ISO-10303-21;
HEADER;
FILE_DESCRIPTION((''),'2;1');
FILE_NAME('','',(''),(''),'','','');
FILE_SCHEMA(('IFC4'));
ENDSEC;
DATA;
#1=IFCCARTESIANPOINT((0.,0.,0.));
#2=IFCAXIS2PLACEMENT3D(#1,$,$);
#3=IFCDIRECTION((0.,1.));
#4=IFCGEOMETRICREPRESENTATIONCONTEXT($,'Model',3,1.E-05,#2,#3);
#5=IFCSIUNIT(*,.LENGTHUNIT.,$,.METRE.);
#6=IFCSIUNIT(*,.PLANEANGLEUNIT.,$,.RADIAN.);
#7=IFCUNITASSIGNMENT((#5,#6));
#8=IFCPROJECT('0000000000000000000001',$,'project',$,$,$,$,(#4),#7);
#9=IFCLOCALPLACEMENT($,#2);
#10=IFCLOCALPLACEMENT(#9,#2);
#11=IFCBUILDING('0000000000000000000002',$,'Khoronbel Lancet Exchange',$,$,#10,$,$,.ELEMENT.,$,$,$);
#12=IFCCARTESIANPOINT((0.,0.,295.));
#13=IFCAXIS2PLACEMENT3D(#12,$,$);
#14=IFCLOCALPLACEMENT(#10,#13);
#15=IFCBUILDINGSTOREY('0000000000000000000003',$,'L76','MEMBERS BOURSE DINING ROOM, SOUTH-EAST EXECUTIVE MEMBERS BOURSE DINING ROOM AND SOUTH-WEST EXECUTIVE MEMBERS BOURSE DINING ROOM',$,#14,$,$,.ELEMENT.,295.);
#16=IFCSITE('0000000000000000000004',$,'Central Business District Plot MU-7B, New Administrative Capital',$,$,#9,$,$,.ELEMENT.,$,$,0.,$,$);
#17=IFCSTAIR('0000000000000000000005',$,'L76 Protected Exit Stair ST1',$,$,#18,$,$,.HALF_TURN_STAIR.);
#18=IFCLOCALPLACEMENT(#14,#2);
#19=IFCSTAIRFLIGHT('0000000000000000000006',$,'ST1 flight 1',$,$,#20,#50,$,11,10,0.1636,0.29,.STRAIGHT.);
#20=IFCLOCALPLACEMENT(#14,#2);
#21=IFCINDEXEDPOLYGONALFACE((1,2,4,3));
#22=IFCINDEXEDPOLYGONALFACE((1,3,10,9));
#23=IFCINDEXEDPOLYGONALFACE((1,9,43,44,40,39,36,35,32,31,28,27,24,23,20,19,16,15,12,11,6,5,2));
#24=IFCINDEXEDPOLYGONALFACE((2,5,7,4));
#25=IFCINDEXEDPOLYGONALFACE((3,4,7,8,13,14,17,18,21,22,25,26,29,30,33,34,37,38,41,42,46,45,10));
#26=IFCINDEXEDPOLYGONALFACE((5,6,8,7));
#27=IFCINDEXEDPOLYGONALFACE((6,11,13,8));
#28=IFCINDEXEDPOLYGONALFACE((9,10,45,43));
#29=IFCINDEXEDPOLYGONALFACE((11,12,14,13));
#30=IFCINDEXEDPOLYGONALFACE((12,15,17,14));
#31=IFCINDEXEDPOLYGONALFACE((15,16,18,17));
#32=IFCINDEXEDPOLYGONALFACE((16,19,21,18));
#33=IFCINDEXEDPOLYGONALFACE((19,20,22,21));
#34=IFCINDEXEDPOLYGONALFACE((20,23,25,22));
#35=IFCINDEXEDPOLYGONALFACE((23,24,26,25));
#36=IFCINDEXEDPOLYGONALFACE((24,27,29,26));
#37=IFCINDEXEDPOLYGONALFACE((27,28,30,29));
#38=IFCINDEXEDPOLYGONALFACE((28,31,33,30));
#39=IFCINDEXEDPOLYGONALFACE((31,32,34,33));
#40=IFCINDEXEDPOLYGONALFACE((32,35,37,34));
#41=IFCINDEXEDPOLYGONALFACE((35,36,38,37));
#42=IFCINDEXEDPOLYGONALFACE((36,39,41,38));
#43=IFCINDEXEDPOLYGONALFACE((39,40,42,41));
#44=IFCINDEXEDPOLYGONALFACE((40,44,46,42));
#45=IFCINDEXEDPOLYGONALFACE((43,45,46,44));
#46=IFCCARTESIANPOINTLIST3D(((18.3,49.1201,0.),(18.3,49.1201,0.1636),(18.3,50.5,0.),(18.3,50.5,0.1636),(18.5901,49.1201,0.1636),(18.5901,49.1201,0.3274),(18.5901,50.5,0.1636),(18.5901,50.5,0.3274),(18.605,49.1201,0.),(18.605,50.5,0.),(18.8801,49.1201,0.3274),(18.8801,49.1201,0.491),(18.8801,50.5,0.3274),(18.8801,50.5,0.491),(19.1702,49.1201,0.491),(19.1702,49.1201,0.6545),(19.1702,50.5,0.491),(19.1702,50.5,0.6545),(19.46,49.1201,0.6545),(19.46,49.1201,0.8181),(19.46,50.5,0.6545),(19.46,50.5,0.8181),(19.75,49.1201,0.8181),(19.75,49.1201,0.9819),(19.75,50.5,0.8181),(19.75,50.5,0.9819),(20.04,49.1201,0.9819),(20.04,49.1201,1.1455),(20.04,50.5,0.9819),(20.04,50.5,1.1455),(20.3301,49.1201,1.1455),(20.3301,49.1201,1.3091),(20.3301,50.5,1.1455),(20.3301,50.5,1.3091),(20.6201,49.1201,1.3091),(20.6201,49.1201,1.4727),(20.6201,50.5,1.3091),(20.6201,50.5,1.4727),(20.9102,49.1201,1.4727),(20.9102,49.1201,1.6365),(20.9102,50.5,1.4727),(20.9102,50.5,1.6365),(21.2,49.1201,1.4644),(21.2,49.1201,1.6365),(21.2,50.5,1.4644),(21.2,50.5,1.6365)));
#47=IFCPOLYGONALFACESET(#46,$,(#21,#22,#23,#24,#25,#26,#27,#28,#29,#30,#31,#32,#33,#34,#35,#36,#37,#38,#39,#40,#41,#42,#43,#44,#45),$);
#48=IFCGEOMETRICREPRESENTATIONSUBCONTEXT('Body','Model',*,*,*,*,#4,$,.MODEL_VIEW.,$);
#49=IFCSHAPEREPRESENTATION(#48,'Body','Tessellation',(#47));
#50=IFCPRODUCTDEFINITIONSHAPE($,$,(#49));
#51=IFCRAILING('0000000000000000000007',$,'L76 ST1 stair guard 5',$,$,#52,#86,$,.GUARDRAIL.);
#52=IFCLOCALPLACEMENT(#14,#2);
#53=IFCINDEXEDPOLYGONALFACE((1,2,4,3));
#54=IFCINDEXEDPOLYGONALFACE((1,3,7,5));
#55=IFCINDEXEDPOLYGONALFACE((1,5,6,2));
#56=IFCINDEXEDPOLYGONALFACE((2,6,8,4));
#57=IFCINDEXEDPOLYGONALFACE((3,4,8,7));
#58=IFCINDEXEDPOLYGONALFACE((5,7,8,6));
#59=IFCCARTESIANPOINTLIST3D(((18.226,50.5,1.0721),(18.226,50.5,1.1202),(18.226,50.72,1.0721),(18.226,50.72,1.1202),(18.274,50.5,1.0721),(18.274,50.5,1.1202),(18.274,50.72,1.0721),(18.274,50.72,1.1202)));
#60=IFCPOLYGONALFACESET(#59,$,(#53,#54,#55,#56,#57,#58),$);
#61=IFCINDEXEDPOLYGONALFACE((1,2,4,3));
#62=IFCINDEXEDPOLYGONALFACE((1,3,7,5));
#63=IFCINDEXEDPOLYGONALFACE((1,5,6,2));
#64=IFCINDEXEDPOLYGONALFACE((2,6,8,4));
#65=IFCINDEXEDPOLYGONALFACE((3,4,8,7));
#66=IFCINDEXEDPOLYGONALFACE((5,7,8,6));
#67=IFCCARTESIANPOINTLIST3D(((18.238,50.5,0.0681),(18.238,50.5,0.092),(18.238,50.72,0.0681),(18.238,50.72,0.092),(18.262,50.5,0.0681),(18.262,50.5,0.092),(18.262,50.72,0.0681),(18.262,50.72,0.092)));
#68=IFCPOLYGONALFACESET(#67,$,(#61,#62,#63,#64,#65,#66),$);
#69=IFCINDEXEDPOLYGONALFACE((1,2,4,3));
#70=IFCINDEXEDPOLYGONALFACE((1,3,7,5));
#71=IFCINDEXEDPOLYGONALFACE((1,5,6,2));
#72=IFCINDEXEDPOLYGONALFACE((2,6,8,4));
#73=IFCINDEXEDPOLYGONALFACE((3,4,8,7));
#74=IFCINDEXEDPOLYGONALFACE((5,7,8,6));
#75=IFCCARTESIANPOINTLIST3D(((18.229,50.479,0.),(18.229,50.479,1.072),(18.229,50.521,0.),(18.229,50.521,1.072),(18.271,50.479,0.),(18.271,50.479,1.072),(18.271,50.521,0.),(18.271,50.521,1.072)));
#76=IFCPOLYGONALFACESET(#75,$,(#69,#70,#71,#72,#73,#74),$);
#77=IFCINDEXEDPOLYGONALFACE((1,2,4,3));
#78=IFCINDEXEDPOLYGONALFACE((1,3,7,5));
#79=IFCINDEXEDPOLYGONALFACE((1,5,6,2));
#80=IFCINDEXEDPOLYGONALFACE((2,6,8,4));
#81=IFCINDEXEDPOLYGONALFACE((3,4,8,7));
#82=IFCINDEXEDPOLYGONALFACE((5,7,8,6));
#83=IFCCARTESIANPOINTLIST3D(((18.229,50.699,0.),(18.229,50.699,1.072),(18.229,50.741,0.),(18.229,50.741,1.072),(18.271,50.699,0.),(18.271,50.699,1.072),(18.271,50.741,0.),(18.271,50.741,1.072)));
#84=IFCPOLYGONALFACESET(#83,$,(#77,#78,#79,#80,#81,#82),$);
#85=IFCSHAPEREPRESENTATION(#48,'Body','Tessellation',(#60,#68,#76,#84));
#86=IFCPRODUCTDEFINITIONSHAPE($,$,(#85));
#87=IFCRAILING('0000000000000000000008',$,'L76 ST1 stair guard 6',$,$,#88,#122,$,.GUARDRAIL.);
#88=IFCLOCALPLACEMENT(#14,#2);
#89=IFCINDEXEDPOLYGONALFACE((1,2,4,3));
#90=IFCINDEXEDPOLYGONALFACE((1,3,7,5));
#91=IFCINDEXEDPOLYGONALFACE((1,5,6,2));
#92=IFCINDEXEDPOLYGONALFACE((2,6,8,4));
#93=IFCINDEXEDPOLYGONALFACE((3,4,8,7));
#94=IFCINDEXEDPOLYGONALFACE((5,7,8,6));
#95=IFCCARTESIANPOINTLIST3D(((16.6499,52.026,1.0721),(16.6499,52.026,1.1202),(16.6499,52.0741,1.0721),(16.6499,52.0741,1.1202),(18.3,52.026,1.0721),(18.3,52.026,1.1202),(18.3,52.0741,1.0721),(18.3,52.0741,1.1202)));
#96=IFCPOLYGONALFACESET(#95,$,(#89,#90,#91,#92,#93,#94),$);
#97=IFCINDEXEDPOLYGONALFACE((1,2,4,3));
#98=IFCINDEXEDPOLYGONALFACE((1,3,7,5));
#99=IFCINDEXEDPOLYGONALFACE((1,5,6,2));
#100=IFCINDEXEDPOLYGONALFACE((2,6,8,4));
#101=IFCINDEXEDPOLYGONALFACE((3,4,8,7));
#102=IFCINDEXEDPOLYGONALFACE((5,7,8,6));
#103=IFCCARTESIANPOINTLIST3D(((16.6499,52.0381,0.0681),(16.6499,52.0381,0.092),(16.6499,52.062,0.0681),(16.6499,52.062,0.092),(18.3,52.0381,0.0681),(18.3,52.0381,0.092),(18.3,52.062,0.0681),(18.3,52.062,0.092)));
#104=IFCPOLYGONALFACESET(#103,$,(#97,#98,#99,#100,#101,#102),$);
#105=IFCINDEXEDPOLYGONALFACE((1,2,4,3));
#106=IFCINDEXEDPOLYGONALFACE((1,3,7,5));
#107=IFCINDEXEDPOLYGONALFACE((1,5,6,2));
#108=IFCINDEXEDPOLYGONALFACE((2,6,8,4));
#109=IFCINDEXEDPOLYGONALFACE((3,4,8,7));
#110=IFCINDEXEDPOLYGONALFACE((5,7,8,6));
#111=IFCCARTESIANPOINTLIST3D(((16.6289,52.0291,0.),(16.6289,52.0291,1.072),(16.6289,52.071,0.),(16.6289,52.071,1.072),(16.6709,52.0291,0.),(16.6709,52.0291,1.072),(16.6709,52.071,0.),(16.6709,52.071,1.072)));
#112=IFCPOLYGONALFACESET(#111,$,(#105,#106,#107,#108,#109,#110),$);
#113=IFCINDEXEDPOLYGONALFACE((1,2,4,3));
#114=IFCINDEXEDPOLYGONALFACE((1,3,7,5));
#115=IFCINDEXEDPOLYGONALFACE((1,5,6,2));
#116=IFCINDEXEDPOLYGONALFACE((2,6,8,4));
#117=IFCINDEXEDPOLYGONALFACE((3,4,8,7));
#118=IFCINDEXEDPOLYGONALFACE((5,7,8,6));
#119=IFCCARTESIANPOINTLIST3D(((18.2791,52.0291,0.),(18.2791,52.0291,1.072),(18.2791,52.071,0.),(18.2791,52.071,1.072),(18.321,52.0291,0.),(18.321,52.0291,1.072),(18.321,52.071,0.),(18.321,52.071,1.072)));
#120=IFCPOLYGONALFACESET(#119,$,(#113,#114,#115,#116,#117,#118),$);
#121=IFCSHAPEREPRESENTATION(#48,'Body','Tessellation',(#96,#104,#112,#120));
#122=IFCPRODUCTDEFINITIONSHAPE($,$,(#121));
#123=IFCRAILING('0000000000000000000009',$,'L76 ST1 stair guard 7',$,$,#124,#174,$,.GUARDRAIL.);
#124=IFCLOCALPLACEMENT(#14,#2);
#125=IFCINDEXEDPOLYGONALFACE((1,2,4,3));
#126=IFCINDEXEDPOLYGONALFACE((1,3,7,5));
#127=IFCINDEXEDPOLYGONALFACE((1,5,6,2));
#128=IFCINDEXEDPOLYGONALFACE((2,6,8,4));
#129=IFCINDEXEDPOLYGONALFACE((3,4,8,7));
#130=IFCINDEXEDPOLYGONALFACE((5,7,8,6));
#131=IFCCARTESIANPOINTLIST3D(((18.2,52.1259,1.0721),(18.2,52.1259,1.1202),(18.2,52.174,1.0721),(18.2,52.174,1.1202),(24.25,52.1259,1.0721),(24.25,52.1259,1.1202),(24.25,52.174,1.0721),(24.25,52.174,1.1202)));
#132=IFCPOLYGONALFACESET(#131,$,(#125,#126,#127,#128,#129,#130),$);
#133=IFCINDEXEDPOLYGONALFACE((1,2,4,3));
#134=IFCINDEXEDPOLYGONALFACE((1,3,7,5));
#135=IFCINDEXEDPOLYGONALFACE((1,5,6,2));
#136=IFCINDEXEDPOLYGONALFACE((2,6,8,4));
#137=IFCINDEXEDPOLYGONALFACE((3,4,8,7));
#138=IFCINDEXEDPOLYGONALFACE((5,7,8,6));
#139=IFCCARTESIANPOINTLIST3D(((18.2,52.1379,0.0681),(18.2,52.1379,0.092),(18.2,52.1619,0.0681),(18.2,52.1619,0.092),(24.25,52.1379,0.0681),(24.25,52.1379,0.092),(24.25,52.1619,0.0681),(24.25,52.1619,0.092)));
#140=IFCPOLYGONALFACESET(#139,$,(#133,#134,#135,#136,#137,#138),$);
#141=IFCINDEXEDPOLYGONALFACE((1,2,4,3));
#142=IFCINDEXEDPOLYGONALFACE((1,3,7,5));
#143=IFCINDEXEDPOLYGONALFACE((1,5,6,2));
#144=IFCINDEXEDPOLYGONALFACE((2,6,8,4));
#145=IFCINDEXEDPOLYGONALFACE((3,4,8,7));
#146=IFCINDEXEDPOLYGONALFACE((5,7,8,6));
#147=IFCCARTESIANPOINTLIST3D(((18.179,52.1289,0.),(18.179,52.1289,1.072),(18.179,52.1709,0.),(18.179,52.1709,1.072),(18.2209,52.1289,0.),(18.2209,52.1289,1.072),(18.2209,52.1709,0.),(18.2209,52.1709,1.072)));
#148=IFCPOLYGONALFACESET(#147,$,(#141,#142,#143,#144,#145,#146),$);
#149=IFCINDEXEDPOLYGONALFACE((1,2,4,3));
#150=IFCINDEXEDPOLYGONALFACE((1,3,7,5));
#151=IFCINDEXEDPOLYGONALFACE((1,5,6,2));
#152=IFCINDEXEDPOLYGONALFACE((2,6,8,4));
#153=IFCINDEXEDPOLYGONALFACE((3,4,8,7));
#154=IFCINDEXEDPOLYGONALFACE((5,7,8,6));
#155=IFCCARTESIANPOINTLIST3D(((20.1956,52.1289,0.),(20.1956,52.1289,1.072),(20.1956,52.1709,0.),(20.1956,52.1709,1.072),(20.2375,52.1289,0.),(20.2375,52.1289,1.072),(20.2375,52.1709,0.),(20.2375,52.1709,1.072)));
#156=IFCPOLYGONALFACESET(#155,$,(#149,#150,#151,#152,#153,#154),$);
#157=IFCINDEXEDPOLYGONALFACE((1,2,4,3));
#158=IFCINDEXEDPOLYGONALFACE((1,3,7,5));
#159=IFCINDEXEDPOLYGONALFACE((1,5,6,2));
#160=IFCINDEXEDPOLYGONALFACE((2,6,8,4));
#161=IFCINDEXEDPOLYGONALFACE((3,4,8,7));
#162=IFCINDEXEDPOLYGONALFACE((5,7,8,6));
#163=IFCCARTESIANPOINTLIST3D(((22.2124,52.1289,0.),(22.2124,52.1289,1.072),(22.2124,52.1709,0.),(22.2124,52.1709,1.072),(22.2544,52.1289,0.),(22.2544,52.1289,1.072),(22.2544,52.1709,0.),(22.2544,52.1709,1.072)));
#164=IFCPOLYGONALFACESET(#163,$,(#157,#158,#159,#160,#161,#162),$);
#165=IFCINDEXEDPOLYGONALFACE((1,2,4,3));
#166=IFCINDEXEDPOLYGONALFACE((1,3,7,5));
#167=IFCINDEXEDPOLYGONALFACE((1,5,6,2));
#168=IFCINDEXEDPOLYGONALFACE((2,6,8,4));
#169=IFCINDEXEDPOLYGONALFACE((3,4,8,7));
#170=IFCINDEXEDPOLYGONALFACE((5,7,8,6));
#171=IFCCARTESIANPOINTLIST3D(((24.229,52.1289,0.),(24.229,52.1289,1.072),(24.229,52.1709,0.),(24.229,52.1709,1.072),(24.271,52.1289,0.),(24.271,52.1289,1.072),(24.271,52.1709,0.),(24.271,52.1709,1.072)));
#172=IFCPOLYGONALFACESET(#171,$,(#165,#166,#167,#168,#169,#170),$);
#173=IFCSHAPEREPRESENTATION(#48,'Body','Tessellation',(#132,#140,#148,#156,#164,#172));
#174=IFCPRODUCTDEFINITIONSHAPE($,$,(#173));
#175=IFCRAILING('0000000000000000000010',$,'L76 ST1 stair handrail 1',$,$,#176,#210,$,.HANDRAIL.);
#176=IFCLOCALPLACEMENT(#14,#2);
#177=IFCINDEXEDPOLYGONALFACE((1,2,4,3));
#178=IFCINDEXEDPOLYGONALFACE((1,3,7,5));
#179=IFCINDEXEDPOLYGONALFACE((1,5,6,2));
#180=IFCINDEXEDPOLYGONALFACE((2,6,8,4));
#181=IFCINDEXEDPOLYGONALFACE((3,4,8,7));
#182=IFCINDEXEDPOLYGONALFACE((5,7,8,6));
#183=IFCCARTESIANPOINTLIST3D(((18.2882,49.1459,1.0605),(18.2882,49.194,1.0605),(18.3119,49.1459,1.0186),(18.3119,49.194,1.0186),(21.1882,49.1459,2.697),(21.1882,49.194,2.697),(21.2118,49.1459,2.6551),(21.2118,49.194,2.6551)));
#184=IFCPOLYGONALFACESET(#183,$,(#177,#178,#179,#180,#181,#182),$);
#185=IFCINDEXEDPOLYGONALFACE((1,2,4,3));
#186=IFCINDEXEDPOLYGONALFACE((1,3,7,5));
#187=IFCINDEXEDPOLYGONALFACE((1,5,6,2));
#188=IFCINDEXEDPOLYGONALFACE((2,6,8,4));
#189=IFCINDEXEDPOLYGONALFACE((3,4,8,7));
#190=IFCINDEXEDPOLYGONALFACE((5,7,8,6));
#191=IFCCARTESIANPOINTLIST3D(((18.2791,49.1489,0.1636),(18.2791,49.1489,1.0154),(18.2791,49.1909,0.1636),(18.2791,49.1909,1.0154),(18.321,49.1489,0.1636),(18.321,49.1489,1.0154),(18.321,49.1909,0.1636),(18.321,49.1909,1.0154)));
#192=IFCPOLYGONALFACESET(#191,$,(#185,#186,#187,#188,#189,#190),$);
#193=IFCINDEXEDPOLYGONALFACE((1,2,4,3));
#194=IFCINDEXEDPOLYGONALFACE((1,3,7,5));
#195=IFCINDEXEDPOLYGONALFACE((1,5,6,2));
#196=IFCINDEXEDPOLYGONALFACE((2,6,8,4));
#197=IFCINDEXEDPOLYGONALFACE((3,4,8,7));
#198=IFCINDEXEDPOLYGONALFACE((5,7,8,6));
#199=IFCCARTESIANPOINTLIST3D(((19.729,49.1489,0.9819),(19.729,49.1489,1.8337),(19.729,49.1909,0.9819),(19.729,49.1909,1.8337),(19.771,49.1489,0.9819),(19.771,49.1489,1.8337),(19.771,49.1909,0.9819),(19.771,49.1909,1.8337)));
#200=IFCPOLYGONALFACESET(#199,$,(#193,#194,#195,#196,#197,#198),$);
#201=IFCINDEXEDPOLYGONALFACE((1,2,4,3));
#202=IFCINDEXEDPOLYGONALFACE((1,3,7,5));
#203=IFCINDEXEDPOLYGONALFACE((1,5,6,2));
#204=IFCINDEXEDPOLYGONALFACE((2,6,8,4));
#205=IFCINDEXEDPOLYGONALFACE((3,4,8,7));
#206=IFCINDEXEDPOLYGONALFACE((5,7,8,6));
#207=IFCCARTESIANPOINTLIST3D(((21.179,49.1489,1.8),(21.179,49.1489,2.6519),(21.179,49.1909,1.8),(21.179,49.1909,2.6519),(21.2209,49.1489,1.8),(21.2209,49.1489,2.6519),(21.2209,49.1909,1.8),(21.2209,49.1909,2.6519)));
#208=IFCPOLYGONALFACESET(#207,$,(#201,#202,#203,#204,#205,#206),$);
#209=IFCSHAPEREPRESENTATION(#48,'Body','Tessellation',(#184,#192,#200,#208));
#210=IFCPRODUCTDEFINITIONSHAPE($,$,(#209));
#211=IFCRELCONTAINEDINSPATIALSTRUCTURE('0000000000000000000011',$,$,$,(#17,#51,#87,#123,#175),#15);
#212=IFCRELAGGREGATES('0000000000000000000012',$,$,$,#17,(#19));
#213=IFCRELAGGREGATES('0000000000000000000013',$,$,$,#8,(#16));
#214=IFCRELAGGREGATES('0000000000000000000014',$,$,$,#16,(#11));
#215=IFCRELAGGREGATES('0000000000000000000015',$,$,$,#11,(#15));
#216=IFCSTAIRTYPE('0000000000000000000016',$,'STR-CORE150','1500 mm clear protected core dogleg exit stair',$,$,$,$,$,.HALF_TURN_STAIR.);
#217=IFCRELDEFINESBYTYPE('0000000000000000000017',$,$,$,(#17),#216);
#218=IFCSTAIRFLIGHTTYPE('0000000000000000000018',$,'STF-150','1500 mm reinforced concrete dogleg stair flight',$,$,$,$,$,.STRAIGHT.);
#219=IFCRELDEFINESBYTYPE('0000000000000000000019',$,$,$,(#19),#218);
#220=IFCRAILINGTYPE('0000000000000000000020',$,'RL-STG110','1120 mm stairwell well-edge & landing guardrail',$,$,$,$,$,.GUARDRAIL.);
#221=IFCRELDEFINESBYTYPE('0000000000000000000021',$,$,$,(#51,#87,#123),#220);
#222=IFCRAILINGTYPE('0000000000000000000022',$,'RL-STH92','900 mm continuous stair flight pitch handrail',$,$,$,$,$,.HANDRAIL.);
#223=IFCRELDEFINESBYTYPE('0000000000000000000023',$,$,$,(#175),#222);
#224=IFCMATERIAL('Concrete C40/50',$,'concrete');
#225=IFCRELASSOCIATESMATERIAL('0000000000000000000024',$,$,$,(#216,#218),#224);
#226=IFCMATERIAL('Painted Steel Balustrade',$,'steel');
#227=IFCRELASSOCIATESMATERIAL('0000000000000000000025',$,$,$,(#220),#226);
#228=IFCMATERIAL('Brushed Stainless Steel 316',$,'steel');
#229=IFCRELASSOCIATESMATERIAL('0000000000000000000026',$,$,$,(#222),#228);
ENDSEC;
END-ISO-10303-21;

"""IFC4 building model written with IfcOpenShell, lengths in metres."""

from ifc_helpers import new_model, si_unit, direction, frame, origin, origin_2d, place, context, subcontext, project, spatial, polyline, rectangle, outline, extrude, material, type_object, element, aggregate, save


model = new_model("IFC4")

# Units and contexts
model_context = context("Model", 3, precision=1e-05, world=origin(), true_north=direction((0.0, 1.0)))
body_context = subcontext(model_context, "Body", "Model", "MODEL_VIEW")
ifc_project = project(units=[si_unit("LENGTHUNIT", "METRE"), si_unit("PLANEANGLEUNIT", "RADIAN")], contexts=[model_context])

# Site, building, storey
site_placement = place(None, origin())
site = spatial("IfcSite", under=ifc_project, at=site_placement, Name="Central Business District Plot MU-7B, New Administrative Capital", CompositionType="ELEMENT", RefElevation=0.0)
building_placement = place(site_placement, origin())
building = spatial("IfcBuilding", under=site, at=building_placement, Name="Khoronbel Lancet Exchange", CompositionType="ELEMENT")
storey_placement = place(building_placement, frame((0.0, 0.0, 295.0)))
storey = spatial("IfcBuildingStorey", under=building, at=storey_placement, Name="L76", Description="MEMBERS BOURSE DINING ROOM, SOUTH-EAST EXECUTIVE MEMBERS BOURSE DINING ROOM AND SOUTH-WEST EXECUTIVE MEMBERS BOURSE DINING ROOM", CompositionType="ELEMENT", Elevation=295.0)

# Stair, stair flight
ifc_material_1 = material(Name="Concrete C40/50", Category="concrete")
stair_type = type_object("IfcStairType", Name="STR-CORE150", Description="1500 mm clear protected core dogleg exit stair", PredefinedType="HALF_TURN_STAIR", material=ifc_material_1)
stair_placement = place(storey_placement, origin())
stair = element("IfcStair", 1, at=stair_placement, inside=storey, type_object=stair_type, Name="L76 Protected Exit Stair ST1", PredefinedType="HALF_TURN_STAIR")
stair_flight_type = type_object("IfcStairFlightType", Name="STF-150", Description="1500 mm reinforced concrete dogleg stair flight", PredefinedType="STRAIGHT", material=ifc_material_1)
stair_flight_placement = place(storey_placement, frame((18.3, 49.8101, 0.0), z_axis=(0.0, 0.0, 1.0), x_axis=(1.0, 0.0, 0.0)))
stair_flight = element("IfcStairFlight", 2, at=stair_flight_placement, type_object=stair_flight_type, Name="ST1 flight 1", NumberOfRisers=11, NumberOfTreads=10, PredefinedType="STRAIGHT", RiserHeight=0.1636, TreadLength=0.29, context=body_context, shape_type="SweptSolid", body=[
    extrude(outline(polyline([(0.0, 0.0), (0.0, 0.1636), (0.29, 0.1636), (0.29, 0.3274), (0.5801, 0.3274), (0.5801, 0.491), (0.8701, 0.491), (0.8701, 0.6545), (1.1599, 0.6545), (1.1599, 0.8181), (1.45, 0.8181), (1.45, 0.9819), (1.74, 0.9819), (1.74, 1.1455), (2.03, 1.1455), (2.03, 1.3091), (2.3201, 1.3091), (2.3201, 1.4727), (2.6101, 1.4727), (2.6101, 1.6365), (2.8999, 1.6365), (2.8999, 1.8), (2.8999, 1.4644), (0.3049, 0.0), (0.0, 0.0)])), frame((0.0, 0.6899, 0.0), z_axis=(0.0, -1.0, 0.0), x_axis=(1.0, 0.0, 0.0)), (0.0, 0.0, 1.0), 1.3799),
])
aggregate(stair, [stair_flight])

# Railings
ifc_material_2 = material(Name="Painted Steel Balustrade", Category="steel")
railing_type_1 = type_object("IfcRailingType", Name="RL-STG110", Description="1120 mm stairwell well-edge & landing guardrail", PredefinedType="GUARDRAIL", material=ifc_material_2)
railing_1_placement = place(storey_placement, frame((18.25, 50.5, 0.0)))
element("IfcRailing", 3, at=railing_1_placement, inside=storey, type_object=railing_type_1, Name="L76 ST1 stair guard 5", PredefinedType="GUARDRAIL", context=body_context, shape_type="SweptSolid", body=[
    extrude(rectangle(XDim=0.0481, YDim=0.0481, at=origin_2d()), frame((0.0, 0.0, 1.0962), z_axis=(0.0, 1.0, 0.0), x_axis=(-1.0, 0.0, 0.0)), (0.0, 0.0, 1.0), 0.22),
    extrude(rectangle(XDim=0.0239, YDim=0.0239, at=origin_2d()), frame((0.0, 0.0, 0.0801), z_axis=(0.0, 1.0, 0.0), x_axis=(-1.0, 0.0, 0.0)), (0.0, 0.0, 1.0), 0.22),
    extrude(rectangle(XDim=0.042, YDim=0.042, at=origin_2d()), origin(), (0.0, 0.0, 1.0), 1.072),
    extrude(rectangle(XDim=0.042, YDim=0.042, at=origin_2d()), frame((0.0, 0.22, 0.0)), (0.0, 0.0, 1.0), 1.072),
])
railing_2_placement = place(storey_placement, frame((16.6499, 52.05, 0.0)))
element("IfcRailing", 4, at=railing_2_placement, inside=storey, type_object=railing_type_1, Name="L76 ST1 stair guard 6", PredefinedType="GUARDRAIL", context=body_context, shape_type="SweptSolid", body=[
    extrude(rectangle(XDim=0.0481, YDim=0.0481, at=origin_2d()), frame((0.0, 0.0, 1.0962), z_axis=(1.0, 0.0, 0.0), x_axis=(0.0, 1.0, 0.0)), (0.0, 0.0, 1.0), 1.6501),
    extrude(rectangle(XDim=0.0239, YDim=0.0239, at=origin_2d()), frame((0.0, 0.0, 0.0801), z_axis=(1.0, 0.0, 0.0), x_axis=(0.0, 1.0, 0.0)), (0.0, 0.0, 1.0), 1.6501),
    extrude(rectangle(XDim=0.042, YDim=0.042, at=origin_2d()), origin(), (0.0, 0.0, 1.0), 1.072),
    extrude(rectangle(XDim=0.042, YDim=0.042, at=origin_2d()), frame((1.6501, 0.0, 0.0)), (0.0, 0.0, 1.0), 1.072),
])
railing_3_placement = place(storey_placement, frame((18.2, 52.1499, 0.0)))
element("IfcRailing", 5, at=railing_3_placement, inside=storey, type_object=railing_type_1, Name="L76 ST1 stair guard 7", PredefinedType="GUARDRAIL", context=body_context, shape_type="SweptSolid", body=[
    extrude(rectangle(XDim=0.0481, YDim=0.0481, at=origin_2d()), frame((0.0, 0.0, 1.0962), z_axis=(1.0, 0.0, 0.0), x_axis=(0.0, 1.0, 0.0)), (0.0, 0.0, 1.0), 6.05),
    extrude(rectangle(XDim=0.0239, YDim=0.0239, at=origin_2d()), frame((0.0, 0.0, 0.0801), z_axis=(1.0, 0.0, 0.0), x_axis=(0.0, 1.0, 0.0)), (0.0, 0.0, 1.0), 6.05),
    extrude(rectangle(XDim=0.042, YDim=0.042, at=origin_2d()), origin(), (0.0, 0.0, 1.0), 1.072),
    extrude(rectangle(XDim=0.042, YDim=0.042, at=origin_2d()), frame((2.0166, 0.0, 0.0)), (0.0, 0.0, 1.0), 1.072),
    extrude(rectangle(XDim=0.042, YDim=0.042, at=origin_2d()), frame((4.0334, 0.0, 0.0)), (0.0, 0.0, 1.0), 1.072),
    extrude(rectangle(XDim=0.042, YDim=0.042, at=origin_2d()), frame((6.05, 0.0, 0.0)), (0.0, 0.0, 1.0), 1.072),
])
ifc_material_3 = material(Name="Brushed Stainless Steel 316", Category="steel")
railing_type_2 = type_object("IfcRailingType", Name="RL-STH92", Description="900 mm continuous stair flight pitch handrail", PredefinedType="HANDRAIL", material=ifc_material_3)
railing_4_placement = place(storey_placement, frame((18.3, 49.1699, 0.1636)))
element("IfcRailing", 6, at=railing_4_placement, inside=storey, type_object=railing_type_2, Name="L76 ST1 stair handrail 1", PredefinedType="HANDRAIL", context=body_context, shape_type="SweptSolid", body=[
    extrude(rectangle(XDim=0.0481, YDim=0.0481, at=origin_2d()), frame((0.0, 0.0, 0.876), z_axis=(0.870897, 0.0, 0.491465), x_axis=(0.0, 1.0, 0.0)), (0.0, 0.0, 1.0), 3.3298),
    extrude(rectangle(XDim=0.042, YDim=0.042, at=origin_2d()), origin(), (0.0, 0.0, 1.0), 0.8518),
    extrude(rectangle(XDim=0.042, YDim=0.042, at=origin_2d()), frame((1.45, 0.0, 0.8184)), (0.0, 0.0, 1.0), 0.8518),
    extrude(rectangle(XDim=0.042, YDim=0.042, at=origin_2d()), frame((2.8999, 0.0, 1.6365)), (0.0, 0.0, 1.0), 0.8518),
])

save(model, "model.ifc")
